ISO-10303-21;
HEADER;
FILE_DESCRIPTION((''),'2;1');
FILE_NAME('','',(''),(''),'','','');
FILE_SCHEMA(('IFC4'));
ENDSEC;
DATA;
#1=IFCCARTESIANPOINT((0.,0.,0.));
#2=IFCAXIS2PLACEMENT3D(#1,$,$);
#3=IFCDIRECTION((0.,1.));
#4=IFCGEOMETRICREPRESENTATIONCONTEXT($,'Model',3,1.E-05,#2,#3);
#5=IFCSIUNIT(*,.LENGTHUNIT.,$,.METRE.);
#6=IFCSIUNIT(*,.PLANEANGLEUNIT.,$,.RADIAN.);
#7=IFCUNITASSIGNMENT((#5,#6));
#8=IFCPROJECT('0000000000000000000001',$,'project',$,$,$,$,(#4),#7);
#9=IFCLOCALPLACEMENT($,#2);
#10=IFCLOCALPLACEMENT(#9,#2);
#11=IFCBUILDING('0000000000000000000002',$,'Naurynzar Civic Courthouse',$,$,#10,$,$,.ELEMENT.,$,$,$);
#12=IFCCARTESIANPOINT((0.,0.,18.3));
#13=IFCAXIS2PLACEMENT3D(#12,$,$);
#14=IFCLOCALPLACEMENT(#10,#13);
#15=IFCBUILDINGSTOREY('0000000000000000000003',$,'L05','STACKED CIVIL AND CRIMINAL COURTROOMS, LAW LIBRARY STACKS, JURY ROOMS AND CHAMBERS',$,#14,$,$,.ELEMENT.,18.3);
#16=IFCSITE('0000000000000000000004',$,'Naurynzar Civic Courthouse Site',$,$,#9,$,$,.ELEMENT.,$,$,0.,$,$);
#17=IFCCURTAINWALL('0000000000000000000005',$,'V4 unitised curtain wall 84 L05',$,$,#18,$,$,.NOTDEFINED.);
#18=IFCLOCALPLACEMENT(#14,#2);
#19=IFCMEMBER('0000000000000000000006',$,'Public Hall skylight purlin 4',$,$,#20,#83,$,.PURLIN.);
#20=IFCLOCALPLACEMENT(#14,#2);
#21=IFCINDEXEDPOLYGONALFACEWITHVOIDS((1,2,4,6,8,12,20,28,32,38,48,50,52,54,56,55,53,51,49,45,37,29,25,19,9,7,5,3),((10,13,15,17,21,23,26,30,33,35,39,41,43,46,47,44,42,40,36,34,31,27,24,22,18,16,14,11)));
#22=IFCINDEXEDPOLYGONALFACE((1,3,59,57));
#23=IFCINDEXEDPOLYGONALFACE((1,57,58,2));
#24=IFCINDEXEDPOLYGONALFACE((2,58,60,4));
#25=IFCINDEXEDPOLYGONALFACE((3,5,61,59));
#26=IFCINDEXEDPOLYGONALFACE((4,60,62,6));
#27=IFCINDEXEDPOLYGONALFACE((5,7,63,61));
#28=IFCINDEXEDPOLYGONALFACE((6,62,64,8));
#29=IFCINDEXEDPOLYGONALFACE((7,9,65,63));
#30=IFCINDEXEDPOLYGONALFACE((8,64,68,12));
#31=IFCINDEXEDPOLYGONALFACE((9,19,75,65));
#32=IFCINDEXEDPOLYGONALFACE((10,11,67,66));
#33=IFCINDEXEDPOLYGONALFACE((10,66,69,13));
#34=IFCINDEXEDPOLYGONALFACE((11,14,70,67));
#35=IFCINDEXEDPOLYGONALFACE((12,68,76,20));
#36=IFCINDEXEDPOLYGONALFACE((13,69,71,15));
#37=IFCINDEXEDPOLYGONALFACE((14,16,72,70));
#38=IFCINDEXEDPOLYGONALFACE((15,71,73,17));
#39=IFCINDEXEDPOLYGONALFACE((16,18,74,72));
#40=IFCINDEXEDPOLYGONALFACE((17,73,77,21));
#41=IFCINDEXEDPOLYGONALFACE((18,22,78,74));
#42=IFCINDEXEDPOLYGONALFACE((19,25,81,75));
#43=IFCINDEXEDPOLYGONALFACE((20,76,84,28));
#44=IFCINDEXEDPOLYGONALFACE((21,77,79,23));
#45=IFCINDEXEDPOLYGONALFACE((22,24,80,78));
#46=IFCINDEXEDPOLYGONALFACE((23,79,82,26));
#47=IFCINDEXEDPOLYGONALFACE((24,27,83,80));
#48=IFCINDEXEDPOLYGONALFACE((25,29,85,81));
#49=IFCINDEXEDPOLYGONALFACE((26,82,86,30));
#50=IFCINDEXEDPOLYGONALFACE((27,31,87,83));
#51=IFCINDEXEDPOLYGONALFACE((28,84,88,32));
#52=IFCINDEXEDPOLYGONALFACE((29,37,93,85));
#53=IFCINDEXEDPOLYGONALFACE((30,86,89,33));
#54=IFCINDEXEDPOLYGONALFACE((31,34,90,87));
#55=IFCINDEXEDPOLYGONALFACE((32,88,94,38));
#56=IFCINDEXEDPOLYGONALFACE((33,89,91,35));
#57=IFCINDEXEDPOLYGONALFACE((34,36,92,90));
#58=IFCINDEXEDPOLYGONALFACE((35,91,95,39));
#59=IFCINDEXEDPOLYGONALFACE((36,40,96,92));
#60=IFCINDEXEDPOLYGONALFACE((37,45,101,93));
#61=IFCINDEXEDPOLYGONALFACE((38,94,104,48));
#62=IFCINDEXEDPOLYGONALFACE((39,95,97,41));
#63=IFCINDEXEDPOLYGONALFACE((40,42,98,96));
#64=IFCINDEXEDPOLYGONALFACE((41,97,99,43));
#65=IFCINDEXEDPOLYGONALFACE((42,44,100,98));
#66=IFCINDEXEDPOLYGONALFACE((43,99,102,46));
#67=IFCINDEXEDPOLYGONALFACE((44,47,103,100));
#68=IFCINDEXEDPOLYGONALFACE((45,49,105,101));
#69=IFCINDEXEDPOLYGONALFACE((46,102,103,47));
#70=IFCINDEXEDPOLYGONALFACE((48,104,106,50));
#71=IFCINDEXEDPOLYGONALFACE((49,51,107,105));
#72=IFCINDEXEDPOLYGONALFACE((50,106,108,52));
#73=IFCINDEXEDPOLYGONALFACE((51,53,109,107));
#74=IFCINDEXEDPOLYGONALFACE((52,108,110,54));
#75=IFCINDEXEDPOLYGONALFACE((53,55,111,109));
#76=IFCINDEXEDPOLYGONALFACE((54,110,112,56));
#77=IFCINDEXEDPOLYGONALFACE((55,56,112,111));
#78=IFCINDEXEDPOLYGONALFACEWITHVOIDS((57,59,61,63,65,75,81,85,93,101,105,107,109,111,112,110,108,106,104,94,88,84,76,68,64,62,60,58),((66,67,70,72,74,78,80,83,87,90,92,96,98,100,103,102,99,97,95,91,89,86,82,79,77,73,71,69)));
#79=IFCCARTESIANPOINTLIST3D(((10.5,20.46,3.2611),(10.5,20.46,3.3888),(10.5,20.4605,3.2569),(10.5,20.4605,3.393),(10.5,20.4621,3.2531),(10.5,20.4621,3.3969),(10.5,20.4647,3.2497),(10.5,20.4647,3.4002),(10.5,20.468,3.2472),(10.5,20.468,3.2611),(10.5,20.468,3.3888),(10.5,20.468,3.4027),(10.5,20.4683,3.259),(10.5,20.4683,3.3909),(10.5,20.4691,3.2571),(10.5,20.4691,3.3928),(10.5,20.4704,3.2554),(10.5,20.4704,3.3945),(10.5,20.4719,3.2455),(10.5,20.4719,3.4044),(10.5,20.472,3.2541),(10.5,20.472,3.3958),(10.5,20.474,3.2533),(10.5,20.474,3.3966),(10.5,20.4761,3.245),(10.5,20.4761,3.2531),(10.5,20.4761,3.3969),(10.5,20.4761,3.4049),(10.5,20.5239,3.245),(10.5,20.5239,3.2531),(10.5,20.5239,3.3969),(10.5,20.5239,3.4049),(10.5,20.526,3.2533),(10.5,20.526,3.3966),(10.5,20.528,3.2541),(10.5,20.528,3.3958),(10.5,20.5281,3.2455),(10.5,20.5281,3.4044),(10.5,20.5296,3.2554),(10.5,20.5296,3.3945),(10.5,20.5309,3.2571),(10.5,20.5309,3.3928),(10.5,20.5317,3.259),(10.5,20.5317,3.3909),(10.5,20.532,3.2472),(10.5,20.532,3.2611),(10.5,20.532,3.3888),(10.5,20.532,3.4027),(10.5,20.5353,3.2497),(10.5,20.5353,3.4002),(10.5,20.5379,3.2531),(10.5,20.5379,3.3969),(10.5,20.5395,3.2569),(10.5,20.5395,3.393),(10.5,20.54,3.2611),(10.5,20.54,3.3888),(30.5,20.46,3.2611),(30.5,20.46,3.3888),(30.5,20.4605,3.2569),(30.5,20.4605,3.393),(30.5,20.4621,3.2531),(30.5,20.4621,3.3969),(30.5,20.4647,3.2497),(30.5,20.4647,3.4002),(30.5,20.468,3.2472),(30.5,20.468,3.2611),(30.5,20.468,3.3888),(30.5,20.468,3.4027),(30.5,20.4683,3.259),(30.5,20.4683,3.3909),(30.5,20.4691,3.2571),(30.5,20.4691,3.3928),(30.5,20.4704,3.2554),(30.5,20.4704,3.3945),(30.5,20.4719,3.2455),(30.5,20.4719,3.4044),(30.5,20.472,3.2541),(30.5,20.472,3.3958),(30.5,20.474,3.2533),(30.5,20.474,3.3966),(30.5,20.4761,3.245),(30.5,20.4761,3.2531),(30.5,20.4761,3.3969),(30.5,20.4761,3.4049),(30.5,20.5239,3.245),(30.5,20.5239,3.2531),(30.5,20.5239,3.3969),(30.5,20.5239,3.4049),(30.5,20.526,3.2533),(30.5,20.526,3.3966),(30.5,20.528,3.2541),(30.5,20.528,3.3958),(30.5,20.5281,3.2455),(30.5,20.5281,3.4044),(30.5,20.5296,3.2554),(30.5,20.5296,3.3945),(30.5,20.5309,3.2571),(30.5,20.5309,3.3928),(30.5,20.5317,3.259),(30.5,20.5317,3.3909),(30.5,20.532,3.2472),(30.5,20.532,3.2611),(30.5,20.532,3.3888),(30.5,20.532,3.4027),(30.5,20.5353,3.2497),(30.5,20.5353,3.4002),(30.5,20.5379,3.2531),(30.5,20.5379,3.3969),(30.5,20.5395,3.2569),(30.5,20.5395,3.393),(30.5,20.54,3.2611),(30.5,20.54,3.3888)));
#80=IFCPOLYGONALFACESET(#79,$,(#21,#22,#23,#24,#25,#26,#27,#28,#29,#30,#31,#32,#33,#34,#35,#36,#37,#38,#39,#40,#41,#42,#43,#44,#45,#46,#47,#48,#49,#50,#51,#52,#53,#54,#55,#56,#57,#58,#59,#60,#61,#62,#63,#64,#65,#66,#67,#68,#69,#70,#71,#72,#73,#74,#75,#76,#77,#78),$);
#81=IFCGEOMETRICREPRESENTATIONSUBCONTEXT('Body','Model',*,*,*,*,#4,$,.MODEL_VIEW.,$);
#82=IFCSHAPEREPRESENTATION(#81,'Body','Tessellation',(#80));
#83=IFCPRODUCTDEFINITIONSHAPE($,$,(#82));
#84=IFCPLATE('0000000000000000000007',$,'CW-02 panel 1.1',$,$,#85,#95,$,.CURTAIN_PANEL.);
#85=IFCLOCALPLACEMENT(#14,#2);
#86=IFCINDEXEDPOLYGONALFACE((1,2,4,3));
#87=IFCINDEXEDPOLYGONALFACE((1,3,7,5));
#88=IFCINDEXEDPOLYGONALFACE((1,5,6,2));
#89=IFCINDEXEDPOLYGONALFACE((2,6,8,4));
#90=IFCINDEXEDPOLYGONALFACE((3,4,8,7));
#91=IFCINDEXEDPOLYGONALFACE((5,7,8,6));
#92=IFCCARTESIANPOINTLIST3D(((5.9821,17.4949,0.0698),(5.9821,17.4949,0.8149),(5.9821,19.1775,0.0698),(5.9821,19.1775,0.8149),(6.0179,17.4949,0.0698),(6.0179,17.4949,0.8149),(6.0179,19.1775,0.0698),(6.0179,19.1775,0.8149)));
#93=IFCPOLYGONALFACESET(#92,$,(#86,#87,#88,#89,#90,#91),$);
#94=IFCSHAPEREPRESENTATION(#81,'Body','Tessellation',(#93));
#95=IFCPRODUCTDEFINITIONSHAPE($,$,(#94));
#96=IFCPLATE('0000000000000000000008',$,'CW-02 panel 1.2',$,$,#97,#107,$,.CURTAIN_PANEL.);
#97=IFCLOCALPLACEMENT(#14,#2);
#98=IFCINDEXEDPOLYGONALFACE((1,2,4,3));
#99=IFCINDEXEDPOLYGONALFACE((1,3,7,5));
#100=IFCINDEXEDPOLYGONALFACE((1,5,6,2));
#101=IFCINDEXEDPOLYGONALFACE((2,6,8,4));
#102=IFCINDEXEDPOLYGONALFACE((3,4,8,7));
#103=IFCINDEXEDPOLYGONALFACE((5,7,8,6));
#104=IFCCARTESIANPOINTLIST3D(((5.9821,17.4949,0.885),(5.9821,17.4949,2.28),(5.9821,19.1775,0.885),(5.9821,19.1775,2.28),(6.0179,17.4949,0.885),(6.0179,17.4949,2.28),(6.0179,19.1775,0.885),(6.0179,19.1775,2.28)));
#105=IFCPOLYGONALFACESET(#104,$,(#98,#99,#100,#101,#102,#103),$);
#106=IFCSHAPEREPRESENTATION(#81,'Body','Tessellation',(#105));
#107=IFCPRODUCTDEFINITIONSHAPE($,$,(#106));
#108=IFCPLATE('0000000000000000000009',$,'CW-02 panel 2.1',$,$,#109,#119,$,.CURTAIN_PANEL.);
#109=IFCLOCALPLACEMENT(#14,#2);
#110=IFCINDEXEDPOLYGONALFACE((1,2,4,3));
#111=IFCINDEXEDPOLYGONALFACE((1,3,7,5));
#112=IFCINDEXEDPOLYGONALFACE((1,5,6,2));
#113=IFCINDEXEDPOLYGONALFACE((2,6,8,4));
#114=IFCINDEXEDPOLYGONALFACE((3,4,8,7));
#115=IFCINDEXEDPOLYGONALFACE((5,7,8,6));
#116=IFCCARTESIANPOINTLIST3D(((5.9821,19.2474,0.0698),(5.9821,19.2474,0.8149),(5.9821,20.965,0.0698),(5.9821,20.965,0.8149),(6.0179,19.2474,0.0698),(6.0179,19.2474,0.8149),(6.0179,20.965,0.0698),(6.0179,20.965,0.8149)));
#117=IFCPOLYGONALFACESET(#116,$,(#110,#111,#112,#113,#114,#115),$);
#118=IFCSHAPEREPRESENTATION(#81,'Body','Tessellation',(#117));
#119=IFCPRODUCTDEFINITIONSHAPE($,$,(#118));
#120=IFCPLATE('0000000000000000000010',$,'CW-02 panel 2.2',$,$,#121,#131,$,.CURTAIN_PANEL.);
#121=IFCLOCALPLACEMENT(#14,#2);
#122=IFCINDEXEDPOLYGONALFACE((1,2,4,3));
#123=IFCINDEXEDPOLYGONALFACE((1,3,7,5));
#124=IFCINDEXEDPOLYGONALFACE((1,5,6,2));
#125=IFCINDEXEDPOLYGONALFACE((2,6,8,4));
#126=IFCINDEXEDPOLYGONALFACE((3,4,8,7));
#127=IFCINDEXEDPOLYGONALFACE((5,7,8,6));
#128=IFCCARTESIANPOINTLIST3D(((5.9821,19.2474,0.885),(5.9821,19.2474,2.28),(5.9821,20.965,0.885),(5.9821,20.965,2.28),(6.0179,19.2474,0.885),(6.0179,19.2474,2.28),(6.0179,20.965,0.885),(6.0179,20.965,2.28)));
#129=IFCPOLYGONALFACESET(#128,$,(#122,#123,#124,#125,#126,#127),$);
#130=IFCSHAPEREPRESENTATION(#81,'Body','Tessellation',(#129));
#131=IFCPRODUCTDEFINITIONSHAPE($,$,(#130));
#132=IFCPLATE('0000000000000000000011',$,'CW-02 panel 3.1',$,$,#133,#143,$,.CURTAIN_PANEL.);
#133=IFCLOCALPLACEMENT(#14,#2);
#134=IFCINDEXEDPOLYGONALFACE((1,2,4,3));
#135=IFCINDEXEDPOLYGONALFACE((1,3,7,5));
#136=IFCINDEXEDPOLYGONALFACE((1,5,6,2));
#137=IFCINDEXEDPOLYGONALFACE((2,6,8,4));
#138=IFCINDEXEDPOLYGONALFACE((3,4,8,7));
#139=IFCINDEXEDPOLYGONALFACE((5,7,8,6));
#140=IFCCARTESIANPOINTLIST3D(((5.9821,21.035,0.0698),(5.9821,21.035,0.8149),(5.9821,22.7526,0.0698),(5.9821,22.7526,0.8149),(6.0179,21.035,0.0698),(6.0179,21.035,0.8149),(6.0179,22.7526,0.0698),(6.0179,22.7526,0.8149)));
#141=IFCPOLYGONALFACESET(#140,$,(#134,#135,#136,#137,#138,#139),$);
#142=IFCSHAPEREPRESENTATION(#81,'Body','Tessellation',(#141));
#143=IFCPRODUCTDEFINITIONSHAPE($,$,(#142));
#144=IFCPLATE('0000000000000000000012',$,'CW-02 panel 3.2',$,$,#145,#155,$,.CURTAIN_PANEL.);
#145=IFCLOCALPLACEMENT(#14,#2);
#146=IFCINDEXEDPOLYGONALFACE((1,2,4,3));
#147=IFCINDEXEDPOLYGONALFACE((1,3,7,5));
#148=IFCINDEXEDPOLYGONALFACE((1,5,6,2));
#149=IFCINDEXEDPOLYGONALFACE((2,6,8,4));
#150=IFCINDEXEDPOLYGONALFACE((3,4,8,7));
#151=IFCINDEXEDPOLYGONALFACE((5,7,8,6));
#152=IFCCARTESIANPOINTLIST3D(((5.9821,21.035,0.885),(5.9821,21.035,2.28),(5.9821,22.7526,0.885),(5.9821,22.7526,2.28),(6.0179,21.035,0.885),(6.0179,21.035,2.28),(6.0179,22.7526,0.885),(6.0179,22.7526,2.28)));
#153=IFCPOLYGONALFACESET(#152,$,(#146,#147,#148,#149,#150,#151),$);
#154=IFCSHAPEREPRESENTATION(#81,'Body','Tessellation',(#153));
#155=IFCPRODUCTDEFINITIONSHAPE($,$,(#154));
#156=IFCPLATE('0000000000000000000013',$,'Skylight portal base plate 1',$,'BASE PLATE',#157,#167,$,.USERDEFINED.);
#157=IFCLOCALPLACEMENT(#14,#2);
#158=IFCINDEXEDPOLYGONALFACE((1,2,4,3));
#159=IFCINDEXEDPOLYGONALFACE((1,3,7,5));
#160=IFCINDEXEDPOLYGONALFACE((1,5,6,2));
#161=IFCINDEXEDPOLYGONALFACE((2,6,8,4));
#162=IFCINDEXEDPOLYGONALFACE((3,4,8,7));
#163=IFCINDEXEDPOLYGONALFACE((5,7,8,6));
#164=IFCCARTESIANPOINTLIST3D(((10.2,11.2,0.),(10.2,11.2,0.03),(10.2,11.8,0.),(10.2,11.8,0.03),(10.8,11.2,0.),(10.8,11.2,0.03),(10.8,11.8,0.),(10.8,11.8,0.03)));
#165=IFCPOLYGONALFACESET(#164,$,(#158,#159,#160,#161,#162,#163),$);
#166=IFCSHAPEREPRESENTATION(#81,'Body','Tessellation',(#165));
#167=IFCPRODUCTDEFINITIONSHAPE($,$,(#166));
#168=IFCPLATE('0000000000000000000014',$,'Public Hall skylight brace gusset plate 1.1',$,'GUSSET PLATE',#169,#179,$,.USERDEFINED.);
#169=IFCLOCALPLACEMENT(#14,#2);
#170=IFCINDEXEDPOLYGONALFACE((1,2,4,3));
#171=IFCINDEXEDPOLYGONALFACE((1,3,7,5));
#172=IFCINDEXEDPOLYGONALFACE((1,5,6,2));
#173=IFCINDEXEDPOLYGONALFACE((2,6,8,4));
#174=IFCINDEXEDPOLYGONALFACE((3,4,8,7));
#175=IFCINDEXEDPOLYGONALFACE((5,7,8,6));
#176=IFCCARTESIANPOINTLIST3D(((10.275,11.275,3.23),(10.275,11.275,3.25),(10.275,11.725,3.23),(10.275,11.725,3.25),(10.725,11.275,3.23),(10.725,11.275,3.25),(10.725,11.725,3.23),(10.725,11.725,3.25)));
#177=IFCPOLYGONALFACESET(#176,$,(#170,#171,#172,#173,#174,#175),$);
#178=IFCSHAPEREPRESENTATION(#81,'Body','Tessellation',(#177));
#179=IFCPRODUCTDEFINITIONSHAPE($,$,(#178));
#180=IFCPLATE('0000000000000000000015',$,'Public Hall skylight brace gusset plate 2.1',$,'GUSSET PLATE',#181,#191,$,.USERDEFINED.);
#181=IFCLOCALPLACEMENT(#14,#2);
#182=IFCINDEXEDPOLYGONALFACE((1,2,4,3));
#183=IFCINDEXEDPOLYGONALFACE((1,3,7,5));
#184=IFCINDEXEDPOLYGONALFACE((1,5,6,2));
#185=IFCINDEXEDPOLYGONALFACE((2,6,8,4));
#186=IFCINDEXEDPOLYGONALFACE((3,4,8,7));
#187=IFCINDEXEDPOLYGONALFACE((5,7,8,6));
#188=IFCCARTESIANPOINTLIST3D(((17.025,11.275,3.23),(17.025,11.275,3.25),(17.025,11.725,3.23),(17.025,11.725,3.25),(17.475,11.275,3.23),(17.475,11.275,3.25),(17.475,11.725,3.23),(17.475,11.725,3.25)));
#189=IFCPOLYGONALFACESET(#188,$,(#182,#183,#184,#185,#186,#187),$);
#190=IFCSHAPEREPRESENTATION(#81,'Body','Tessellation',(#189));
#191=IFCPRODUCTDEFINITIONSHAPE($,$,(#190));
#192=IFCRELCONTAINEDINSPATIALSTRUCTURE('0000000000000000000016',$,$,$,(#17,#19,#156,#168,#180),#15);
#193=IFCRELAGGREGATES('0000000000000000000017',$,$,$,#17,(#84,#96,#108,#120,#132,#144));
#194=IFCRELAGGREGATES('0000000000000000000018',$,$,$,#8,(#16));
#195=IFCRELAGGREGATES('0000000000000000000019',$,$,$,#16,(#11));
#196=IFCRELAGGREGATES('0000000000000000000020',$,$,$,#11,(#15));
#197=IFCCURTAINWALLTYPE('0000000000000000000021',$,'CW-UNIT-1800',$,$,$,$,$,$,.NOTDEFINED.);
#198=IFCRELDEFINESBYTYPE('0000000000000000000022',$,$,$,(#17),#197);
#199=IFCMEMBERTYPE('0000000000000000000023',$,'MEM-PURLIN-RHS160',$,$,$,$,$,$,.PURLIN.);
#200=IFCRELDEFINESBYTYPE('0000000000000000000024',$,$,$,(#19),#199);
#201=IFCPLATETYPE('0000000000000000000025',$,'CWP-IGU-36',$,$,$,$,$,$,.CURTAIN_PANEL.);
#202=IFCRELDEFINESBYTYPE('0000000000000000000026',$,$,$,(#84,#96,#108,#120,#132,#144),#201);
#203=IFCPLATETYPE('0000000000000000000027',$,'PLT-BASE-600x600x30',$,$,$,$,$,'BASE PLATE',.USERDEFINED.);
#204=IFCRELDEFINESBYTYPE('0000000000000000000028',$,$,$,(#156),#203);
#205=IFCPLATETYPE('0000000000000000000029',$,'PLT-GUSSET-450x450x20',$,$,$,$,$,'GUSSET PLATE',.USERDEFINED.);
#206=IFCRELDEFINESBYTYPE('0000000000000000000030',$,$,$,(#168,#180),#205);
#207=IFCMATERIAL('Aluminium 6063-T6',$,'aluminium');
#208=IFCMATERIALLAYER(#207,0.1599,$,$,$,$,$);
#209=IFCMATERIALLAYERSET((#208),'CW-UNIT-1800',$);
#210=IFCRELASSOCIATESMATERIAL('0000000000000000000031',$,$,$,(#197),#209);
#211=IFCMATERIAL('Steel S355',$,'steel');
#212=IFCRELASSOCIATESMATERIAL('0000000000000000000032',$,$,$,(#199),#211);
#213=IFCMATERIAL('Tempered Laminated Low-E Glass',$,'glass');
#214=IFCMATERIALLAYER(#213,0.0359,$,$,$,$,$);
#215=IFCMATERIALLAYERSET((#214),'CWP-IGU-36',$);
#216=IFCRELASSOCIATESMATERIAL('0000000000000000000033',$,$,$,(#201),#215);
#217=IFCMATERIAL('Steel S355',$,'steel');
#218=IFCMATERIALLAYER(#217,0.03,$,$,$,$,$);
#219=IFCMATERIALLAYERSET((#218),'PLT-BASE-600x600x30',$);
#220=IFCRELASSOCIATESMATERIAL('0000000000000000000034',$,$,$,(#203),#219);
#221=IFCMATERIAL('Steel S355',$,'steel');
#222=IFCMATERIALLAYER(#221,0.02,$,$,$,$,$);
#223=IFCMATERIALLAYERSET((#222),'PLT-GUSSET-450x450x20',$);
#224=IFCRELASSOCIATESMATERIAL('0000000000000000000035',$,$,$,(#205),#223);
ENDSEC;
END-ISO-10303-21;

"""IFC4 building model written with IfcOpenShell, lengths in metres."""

from ifc_helpers import new_model, si_unit, direction, frame, origin, origin_2d, place, context, subcontext, project, spatial, rectangle, hollow_rectangle, extrude, material, layer, layer_set, material_profile, profile_set, type_object, element, aggregate, save


model = new_model("IFC4")

# Units and contexts
model_context = context("Model", 3, precision=1e-05, world=origin(), true_north=direction((0.0, 1.0)))
body_context = subcontext(model_context, "Body", "Model", "MODEL_VIEW")
ifc_project = project(units=[si_unit("LENGTHUNIT", "METRE"), si_unit("PLANEANGLEUNIT", "RADIAN")], contexts=[model_context])

# Site, building, storey
site_placement = place(None, origin())
site = spatial("IfcSite", under=ifc_project, at=site_placement, Name="Naurynzar Civic Courthouse Site", CompositionType="ELEMENT", RefElevation=0.0)
building_placement = place(site_placement, origin())
building = spatial("IfcBuilding", under=site, at=building_placement, Name="Naurynzar Civic Courthouse", CompositionType="ELEMENT")
storey_placement = place(building_placement, frame((0.0, 0.0, 18.3)))
storey = spatial("IfcBuildingStorey", under=building, at=storey_placement, Name="L05", Description="STACKED CIVIL AND CRIMINAL COURTROOMS, LAW LIBRARY STACKS, JURY ROOMS AND CHAMBERS", CompositionType="ELEMENT", Elevation=18.3)

# Curtain wall
ifc_material_1 = material(Name="Aluminium 6063-T6", Category="aluminium")
ifc_layer_1 = layer(ifc_material_1, 0.1599)
ifc_layer_set_1 = layer_set([ifc_layer_1], Name="CW-UNIT-1800")
curtain_wall_type = type_object("IfcCurtainWallType", Name="CW-UNIT-1800", PredefinedType="NOTDEFINED", material=ifc_layer_set_1)
curtain_wall_placement = place(storey_placement, origin())
curtain_wall = element("IfcCurtainWall", 1, at=curtain_wall_placement, inside=storey, type_object=curtain_wall_type, Name="V4 unitised curtain wall 84 L05", PredefinedType="NOTDEFINED")

# Member
ifc_material_2 = material(Name="Steel S355", Category="steel")
ifc_material_profile_1 = material_profile(ifc_material_2, hollow_rectangle(XDim=0.0801, YDim=0.1599, WallThickness=0.0081, InnerFilletRadius=0.0081, OuterFilletRadius=0.0161, at=origin_2d()), Name="RHS 160x80x8")
ifc_profile_set_1 = profile_set([ifc_material_profile_1], Name="Steel S355")
member_type_1 = type_object("IfcMemberType", Name="MEM-PURLIN-RHS160", PredefinedType="PURLIN", material=ifc_profile_set_1)
for number, where, z_axis, x_axis, name in (
    (2, (10.5, 20.5, 3.325), (1.0, 0.0, 0.0), (0.0, 1.0, 0.0), "Public Hall skylight purlin 4"),
):
    element("IfcMember", number, at=place(storey_placement, frame(where, z_axis=z_axis, x_axis=x_axis)), inside=storey, type_object=member_type_1, Name=name, PredefinedType="PURLIN", context=body_context, shape_type="SweptSolid", body=[
        extrude(hollow_rectangle(XDim=0.0801, YDim=0.1599, WallThickness=0.0081, InnerFilletRadius=0.0081, OuterFilletRadius=0.0161, at=origin_2d()), origin(), (0.0, 0.0, 1.0), 20.0),
    ])

# Plates
ifc_material_3 = material(Name="Tempered Laminated Low-E Glass", Category="glass")
ifc_layer_2 = layer(ifc_material_3, 0.0359)
ifc_layer_set_2 = layer_set([ifc_layer_2], Name="CWP-IGU-36")
plate_type_1 = type_object("IfcPlateType", Name="CWP-IGU-36", PredefinedType="CURTAIN_PANEL", material=ifc_layer_set_2)
plate_1_placement = place(storey_placement, frame((6.0, 18.3362, 0.0698), z_axis=(0.0, 0.0, 1.0), x_axis=(0.0, 1.0, 0.0)))
plate_1 = element("IfcPlate", 3, at=plate_1_placement, type_object=plate_type_1, Name="CW-02 panel 1.1", PredefinedType="CURTAIN_PANEL", context=body_context, shape_type="SweptSolid", body=[
    extrude(rectangle(XDim=1.6826, YDim=0.0359, at=origin_2d()), origin(), (0.0, 0.0, 1.0), 0.7451),
])
plate_2_placement = place(storey_placement, frame((6.0, 18.3362, 0.885), z_axis=(0.0, 0.0, 1.0), x_axis=(0.0, 1.0, 0.0)))
plate_2 = element("IfcPlate", 4, at=plate_2_placement, type_object=plate_type_1, Name="CW-02 panel 1.2", PredefinedType="CURTAIN_PANEL", context=body_context, shape_type="SweptSolid", body=[
    extrude(rectangle(XDim=1.6826, YDim=0.0359, at=origin_2d()), origin(), (0.0, 0.0, 1.0), 1.395),
])
plate_3_placement = place(storey_placement, frame((6.0, 20.1062, 0.0698), z_axis=(0.0, 0.0, 1.0), x_axis=(0.0, 1.0, 0.0)))
plate_3 = element("IfcPlate", 5, at=plate_3_placement, type_object=plate_type_1, Name="CW-02 panel 2.1", PredefinedType="CURTAIN_PANEL", context=body_context, shape_type="SweptSolid", body=[
    extrude(rectangle(XDim=1.7175, YDim=0.0359, at=origin_2d()), origin(), (0.0, 0.0, 1.0), 0.7451),
])
plate_4_placement = place(storey_placement, frame((6.0, 20.1062, 0.885), z_axis=(0.0, 0.0, 1.0), x_axis=(0.0, 1.0, 0.0)))
plate_4 = element("IfcPlate", 6, at=plate_4_placement, type_object=plate_type_1, Name="CW-02 panel 2.2", PredefinedType="CURTAIN_PANEL", context=body_context, shape_type="SweptSolid", body=[
    extrude(rectangle(XDim=1.7175, YDim=0.0359, at=origin_2d()), origin(), (0.0, 0.0, 1.0), 1.395),
])
plate_5_placement = place(storey_placement, frame((6.0, 21.8938, 0.0698), z_axis=(0.0, 0.0, 1.0), x_axis=(0.0, 1.0, 0.0)))
plate_5 = element("IfcPlate", 7, at=plate_5_placement, type_object=plate_type_1, Name="CW-02 panel 3.1", PredefinedType="CURTAIN_PANEL", context=body_context, shape_type="SweptSolid", body=[
    extrude(rectangle(XDim=1.7175, YDim=0.0359, at=origin_2d()), origin(), (0.0, 0.0, 1.0), 0.7451),
])
plate_6_placement = place(storey_placement, frame((6.0, 21.8938, 0.885), z_axis=(0.0, 0.0, 1.0), x_axis=(0.0, 1.0, 0.0)))
plate_6 = element("IfcPlate", 8, at=plate_6_placement, type_object=plate_type_1, Name="CW-02 panel 3.2", PredefinedType="CURTAIN_PANEL", context=body_context, shape_type="SweptSolid", body=[
    extrude(rectangle(XDim=1.7175, YDim=0.0359, at=origin_2d()), origin(), (0.0, 0.0, 1.0), 1.395),
])
aggregate(curtain_wall, [plate_1, plate_2, plate_3, plate_4, plate_5, plate_6])

# Plates
ifc_material_4 = material(Name="Steel S355", Category="steel")
ifc_layer_3 = layer(ifc_material_4, 0.03)
ifc_layer_set_3 = layer_set([ifc_layer_3], Name="PLT-BASE-600x600x30")
plate_type_2 = type_object("IfcPlateType", Name="PLT-BASE-600x600x30", ElementType="BASE PLATE", PredefinedType="USERDEFINED", material=ifc_layer_set_3)
plate_7_placement = place(storey_placement, frame((10.5, 11.5, 0.0), z_axis=(0.0, 0.0, 1.0), x_axis=(1.0, 0.0, 0.0)))
element("IfcPlate", 9, at=plate_7_placement, inside=storey, type_object=plate_type_2, Name="Skylight portal base plate 1", ObjectType="BASE PLATE", PredefinedType="USERDEFINED", context=body_context, shape_type="SweptSolid", body=[
    extrude(rectangle(XDim=0.6001, YDim=0.6001, at=origin_2d()), origin(), (0.0, 0.0, 1.0), 0.03),
])
ifc_material_5 = material(Name="Steel S355", Category="steel")
ifc_layer_4 = layer(ifc_material_5, 0.02)
ifc_layer_set_4 = layer_set([ifc_layer_4], Name="PLT-GUSSET-450x450x20")
plate_type_3 = type_object("IfcPlateType", Name="PLT-GUSSET-450x450x20", ElementType="GUSSET PLATE", PredefinedType="USERDEFINED", material=ifc_layer_set_4)
for number, where, z_axis, x_axis, name in (
    (10, (10.5, 11.5, 3.23), (0.0, 0.0, 1.0), (1.0, 0.0, 0.0), "Public Hall skylight brace gusset plate 1.1"),
    (11, (17.25, 11.5, 3.23), (0.0, 0.0, 1.0), (1.0, 0.0, 0.0), "Public Hall skylight brace gusset plate 2.1"),
):
    element("IfcPlate", number, at=place(storey_placement, frame(where, z_axis=z_axis, x_axis=x_axis)), inside=storey, type_object=plate_type_3, Name=name, ObjectType="GUSSET PLATE", PredefinedType="USERDEFINED", context=body_context, shape_type="SweptSolid", body=[
        extrude(rectangle(XDim=0.45, YDim=0.45, at=origin_2d()), origin(), (0.0, 0.0, 1.0), 0.02),
    ])

save(model, "model.ifc")
